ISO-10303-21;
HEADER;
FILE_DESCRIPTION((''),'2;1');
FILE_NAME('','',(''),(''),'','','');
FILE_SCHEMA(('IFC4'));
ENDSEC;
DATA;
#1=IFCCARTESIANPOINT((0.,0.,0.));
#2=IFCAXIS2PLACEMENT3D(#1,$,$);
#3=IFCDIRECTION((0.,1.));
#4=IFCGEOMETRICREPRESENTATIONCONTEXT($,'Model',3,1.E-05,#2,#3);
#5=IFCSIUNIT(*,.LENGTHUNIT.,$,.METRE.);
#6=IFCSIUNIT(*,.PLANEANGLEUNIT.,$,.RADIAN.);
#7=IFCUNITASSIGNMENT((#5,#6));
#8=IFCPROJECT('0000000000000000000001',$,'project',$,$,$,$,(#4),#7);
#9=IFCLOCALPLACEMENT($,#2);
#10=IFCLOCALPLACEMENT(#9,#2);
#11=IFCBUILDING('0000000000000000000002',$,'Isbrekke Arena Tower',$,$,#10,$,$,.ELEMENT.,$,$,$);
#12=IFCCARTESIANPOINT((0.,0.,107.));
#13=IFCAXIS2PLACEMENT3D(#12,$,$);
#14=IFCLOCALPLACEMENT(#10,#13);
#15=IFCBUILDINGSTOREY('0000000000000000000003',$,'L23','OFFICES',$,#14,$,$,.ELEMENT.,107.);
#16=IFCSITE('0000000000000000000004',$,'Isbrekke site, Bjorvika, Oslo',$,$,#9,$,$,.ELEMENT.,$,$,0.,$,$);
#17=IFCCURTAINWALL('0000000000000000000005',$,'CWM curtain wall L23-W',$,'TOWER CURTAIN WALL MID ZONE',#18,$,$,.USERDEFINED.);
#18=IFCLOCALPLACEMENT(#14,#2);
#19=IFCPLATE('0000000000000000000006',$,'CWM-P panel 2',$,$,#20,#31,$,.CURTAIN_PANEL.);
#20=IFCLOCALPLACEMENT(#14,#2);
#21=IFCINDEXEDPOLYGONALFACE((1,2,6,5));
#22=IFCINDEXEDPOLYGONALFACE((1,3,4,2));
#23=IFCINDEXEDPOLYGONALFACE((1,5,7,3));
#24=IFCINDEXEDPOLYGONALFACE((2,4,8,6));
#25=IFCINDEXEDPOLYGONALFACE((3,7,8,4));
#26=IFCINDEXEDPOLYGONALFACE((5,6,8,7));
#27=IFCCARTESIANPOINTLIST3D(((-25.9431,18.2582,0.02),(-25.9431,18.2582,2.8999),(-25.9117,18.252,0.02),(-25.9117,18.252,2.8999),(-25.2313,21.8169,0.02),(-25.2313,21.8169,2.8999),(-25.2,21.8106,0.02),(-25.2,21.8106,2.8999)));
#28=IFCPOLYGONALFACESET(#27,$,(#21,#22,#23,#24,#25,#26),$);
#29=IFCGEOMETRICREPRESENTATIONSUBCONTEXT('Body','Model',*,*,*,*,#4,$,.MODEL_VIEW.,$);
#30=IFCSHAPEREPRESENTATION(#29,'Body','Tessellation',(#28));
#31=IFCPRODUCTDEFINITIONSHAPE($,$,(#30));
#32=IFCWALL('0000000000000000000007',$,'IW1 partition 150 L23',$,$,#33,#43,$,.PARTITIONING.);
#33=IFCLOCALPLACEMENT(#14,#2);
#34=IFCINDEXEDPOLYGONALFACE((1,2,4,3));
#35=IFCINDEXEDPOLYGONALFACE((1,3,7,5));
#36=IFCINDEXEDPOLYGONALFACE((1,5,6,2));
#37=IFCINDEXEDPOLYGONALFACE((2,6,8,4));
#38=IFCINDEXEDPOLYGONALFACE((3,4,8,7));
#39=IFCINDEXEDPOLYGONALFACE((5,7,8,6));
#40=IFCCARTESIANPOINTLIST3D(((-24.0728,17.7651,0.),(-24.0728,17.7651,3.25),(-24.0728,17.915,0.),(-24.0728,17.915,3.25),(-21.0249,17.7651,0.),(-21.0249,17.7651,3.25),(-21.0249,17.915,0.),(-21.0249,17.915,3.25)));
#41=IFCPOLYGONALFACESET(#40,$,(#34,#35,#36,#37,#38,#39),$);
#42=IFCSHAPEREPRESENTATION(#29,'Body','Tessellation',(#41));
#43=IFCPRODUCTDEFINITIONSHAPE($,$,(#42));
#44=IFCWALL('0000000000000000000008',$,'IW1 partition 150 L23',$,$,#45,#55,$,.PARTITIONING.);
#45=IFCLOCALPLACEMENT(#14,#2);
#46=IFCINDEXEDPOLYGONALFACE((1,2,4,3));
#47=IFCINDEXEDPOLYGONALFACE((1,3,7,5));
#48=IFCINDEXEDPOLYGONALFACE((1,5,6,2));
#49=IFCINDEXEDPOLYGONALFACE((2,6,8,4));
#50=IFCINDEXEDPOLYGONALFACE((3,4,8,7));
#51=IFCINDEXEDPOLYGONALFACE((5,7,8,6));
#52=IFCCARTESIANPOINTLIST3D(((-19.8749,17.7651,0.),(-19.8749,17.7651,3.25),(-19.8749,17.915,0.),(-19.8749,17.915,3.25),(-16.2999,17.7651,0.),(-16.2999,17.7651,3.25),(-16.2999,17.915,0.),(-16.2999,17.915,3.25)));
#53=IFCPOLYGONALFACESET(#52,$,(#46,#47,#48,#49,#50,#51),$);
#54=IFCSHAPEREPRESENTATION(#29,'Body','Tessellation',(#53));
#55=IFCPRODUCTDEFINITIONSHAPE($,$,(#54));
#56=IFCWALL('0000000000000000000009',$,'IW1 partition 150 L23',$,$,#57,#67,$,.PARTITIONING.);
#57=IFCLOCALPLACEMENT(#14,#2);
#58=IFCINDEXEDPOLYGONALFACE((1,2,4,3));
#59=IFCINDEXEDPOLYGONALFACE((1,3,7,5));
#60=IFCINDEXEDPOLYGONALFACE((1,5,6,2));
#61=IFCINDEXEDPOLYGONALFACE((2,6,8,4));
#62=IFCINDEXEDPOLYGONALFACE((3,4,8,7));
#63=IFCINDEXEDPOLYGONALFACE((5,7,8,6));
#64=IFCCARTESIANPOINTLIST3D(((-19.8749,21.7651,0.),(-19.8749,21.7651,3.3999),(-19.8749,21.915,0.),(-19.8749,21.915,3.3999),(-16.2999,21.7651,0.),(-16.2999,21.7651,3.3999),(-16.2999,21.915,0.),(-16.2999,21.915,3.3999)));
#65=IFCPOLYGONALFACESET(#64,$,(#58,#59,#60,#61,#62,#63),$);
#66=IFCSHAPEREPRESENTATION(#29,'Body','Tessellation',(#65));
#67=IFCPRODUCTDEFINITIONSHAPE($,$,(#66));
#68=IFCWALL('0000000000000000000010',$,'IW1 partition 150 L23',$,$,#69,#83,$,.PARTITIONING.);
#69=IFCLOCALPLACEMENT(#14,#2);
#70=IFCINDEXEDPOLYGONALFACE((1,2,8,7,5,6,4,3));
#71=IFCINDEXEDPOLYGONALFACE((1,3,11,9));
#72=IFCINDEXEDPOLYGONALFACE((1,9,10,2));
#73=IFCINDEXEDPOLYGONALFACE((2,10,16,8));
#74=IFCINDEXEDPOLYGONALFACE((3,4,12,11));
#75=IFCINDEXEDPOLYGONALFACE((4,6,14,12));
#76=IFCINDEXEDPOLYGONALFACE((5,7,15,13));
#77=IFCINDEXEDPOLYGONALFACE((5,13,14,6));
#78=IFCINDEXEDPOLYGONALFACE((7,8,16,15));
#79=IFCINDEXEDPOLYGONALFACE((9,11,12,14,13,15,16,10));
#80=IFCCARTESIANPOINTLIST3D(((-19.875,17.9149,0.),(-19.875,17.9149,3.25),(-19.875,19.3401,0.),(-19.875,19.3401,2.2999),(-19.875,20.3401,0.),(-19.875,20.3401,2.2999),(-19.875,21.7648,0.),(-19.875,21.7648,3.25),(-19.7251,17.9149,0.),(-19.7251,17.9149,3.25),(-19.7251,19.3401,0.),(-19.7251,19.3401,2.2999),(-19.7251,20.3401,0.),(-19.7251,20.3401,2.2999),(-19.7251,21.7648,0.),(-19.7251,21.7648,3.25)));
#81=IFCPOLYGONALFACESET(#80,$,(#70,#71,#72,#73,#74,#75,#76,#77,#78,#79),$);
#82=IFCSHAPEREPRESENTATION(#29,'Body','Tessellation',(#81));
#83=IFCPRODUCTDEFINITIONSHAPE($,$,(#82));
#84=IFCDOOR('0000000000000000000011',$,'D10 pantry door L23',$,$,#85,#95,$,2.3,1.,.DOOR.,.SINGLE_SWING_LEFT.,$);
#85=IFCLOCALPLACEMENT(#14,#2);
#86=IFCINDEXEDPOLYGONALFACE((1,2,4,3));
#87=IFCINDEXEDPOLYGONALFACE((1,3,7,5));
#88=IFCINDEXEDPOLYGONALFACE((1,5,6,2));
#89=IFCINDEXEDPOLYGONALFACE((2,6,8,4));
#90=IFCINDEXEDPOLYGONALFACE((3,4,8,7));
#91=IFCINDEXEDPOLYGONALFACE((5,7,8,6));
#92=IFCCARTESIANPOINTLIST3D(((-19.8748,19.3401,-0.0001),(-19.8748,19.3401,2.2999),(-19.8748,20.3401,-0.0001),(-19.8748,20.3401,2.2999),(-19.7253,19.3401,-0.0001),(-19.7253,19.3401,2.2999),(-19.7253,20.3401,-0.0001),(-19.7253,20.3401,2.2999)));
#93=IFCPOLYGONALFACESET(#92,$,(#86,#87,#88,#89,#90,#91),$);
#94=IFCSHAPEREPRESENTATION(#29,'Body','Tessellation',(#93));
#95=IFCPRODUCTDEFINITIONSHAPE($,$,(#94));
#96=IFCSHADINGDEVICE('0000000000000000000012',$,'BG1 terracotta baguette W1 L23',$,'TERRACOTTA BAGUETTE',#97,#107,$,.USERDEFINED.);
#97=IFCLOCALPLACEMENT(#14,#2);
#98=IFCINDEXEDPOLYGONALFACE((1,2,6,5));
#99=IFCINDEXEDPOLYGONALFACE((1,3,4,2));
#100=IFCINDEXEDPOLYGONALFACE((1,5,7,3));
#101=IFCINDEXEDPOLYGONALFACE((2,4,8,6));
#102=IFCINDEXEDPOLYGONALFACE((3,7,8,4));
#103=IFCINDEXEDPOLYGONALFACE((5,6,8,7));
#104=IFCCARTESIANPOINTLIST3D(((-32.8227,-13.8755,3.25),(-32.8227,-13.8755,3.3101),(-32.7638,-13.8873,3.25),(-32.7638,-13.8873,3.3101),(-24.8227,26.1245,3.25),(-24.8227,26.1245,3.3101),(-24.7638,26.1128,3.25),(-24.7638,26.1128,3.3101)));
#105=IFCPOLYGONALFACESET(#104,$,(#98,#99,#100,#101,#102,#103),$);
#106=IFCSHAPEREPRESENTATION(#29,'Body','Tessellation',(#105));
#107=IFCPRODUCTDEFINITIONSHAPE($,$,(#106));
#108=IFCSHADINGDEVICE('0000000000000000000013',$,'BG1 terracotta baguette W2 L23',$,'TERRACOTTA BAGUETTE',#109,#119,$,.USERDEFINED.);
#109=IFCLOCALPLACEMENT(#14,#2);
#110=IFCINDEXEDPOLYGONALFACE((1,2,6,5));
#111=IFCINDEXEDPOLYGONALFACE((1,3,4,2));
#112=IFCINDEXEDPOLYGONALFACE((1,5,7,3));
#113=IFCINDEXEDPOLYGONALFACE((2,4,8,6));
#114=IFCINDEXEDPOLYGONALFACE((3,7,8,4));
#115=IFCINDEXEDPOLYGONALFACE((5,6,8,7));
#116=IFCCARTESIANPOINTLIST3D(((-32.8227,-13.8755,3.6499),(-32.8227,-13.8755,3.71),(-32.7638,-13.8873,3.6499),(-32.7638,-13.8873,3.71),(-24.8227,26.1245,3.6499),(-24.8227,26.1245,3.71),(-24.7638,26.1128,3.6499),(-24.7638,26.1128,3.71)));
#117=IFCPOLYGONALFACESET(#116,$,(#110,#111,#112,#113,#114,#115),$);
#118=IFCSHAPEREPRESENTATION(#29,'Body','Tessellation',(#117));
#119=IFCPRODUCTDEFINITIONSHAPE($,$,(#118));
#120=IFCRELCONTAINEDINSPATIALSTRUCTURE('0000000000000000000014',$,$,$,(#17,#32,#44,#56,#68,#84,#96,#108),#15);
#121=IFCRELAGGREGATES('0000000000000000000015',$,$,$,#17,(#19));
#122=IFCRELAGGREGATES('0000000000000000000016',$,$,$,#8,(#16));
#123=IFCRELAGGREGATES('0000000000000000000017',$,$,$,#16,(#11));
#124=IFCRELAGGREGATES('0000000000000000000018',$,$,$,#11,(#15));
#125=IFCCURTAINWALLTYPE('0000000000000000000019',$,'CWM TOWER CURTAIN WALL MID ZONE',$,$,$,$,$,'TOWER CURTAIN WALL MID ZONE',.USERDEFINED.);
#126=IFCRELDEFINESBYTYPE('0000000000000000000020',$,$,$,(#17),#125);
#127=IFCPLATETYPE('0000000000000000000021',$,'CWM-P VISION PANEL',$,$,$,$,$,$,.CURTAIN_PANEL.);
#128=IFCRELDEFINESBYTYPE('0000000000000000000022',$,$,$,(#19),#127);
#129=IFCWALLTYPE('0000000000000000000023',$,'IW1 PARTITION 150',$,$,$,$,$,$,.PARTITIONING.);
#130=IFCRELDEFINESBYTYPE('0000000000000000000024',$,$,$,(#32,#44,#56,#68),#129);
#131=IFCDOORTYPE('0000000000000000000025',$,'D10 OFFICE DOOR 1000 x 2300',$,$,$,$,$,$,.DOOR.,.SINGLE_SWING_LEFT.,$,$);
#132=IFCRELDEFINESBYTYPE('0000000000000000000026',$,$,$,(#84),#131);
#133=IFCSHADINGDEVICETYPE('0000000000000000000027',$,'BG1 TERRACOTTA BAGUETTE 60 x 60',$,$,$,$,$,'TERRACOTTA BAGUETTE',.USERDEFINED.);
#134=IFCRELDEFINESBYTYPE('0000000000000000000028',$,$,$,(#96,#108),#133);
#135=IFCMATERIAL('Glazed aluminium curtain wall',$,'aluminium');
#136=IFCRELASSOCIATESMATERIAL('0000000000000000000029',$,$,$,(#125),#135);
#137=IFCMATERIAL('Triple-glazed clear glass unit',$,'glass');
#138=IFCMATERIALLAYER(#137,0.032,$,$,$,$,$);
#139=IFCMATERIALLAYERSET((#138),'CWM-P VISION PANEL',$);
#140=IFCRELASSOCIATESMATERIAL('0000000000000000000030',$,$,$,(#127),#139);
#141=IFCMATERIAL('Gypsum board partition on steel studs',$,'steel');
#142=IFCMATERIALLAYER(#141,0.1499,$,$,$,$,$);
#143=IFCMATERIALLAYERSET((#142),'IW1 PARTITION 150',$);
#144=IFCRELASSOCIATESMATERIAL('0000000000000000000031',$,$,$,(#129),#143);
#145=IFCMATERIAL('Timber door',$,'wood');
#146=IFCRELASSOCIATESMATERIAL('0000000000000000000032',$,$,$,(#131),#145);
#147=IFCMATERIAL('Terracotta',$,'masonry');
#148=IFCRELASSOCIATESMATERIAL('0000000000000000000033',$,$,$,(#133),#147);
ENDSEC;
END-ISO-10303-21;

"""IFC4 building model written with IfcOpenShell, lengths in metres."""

from ifc_helpers import new_model, si_unit, direction, frame, frame_2d, origin, origin_2d, place, context, subcontext, project, spatial, rectangle, extrude, material, layer, layer_set, material_profile, profile_set, type_object, element, fill, aggregate, save


model = new_model("IFC4")

# Units and contexts
model_context = context("Model", 3, precision=1e-05, world=origin(), true_north=direction((0.0, 1.0)))
body_context = subcontext(model_context, "Body", "Model", "MODEL_VIEW")
ifc_project = project(units=[si_unit("LENGTHUNIT", "METRE"), si_unit("PLANEANGLEUNIT", "RADIAN")], contexts=[model_context])

# Site, building, storey
site_placement = place(None, origin())
site = spatial("IfcSite", under=ifc_project, at=site_placement, Name="Isbrekke site, Bjorvika, Oslo", CompositionType="ELEMENT", RefElevation=0.0)
building_placement = place(site_placement, origin())
building = spatial("IfcBuilding", under=site, at=building_placement, Name="Isbrekke Arena Tower", CompositionType="ELEMENT")
storey_placement = place(building_placement, frame((0.0, 0.0, 107.0)))
storey = spatial("IfcBuildingStorey", under=building, at=storey_placement, Name="L23", Description="OFFICES", CompositionType="ELEMENT", Elevation=107.0)

# Shared definitions
ifc_material_1 = material(Name="Glazed aluminium curtain wall", Category="aluminium")
curtain_wall_type = type_object("IfcCurtainWallType", Name="CWM TOWER CURTAIN WALL MID ZONE", ElementType="TOWER CURTAIN WALL MID ZONE", PredefinedType="USERDEFINED", material=ifc_material_1)

# Curtain wall
curtain_wall_1_placement = place(storey_placement, origin())
curtain_wall_1 = element("IfcCurtainWall", 1, at=curtain_wall_1_placement, inside=storey, type_object=curtain_wall_type, Name="CWM curtain wall L23-W", ObjectType="TOWER CURTAIN WALL MID ZONE", PredefinedType="USERDEFINED")

# Plate
ifc_material_2 = material(Name="Triple-glazed clear glass unit", Category="glass")
ifc_layer_1 = layer(ifc_material_2, 0.032)
ifc_layer_set_1 = layer_set([ifc_layer_1], Name="CWM-P VISION PANEL")
plate_type = type_object("IfcPlateType", Name="CWM-P VISION PANEL", PredefinedType="CURTAIN_PANEL", material=ifc_layer_set_1)
plate_1_placement = place(storey_placement, frame((-25.5715, 20.0344, 0.02), z_axis=(0.0, 0.0, 1.0), x_axis=(-0.196116, -0.980581, 0.0)))
plate_1 = element("IfcPlate", 2, at=plate_1_placement, type_object=plate_type, Name="CWM-P panel 2", PredefinedType="CURTAIN_PANEL", context=body_context, shape_type="SweptSolid", body=[
    extrude(rectangle(XDim=3.6292, YDim=0.032, at=origin_2d()), origin(), (0.0, 0.0, 1.0), 2.8799),
])
aggregate(curtain_wall_1, [plate_1])

# Walls
ifc_material_3 = material(Name="Gypsum board partition on steel studs", Category="steel")
ifc_layer_2 = layer(ifc_material_3, 0.1499)
ifc_layer_set_2 = layer_set([ifc_layer_2], Name="IW1 PARTITION 150")
wall_type = type_object("IfcWallType", Name="IW1 PARTITION 150", PredefinedType="PARTITIONING", material=ifc_layer_set_2)
wall_1_placement = place(storey_placement, frame((-24.0728, 17.8401, 0.0), z_axis=(0.0, 0.0, 1.0), x_axis=(1.0, 0.0, 0.0)))
element("IfcWall", 3, at=wall_1_placement, inside=storey, type_object=wall_type, Name="IW1 partition 150 L23", PredefinedType="PARTITIONING", context=body_context, shape_type="SweptSolid", body=[
    extrude(rectangle(XDim=3.0479, YDim=0.1499, at=frame_2d((1.5239, 0.0))), origin(), (0.0, 0.0, 1.0), 3.25),
])
wall_2_placement = place(storey_placement, frame((-19.875, 17.8401, 0.0), z_axis=(0.0, 0.0, 1.0), x_axis=(1.0, 0.0, 0.0)))
element("IfcWall", 4, at=wall_2_placement, inside=storey, type_object=wall_type, Name="IW1 partition 150 L23", PredefinedType="PARTITIONING", context=body_context, shape_type="SweptSolid", body=[
    extrude(rectangle(XDim=3.575, YDim=0.1499, at=frame_2d((1.7876, 0.0))), origin(), (0.0, 0.0, 1.0), 3.25),
])
wall_3_placement = place(storey_placement, frame((-19.875, 21.8401, 0.0), z_axis=(0.0, 0.0, 1.0), x_axis=(1.0, 0.0, 0.0)))
element("IfcWall", 5, at=wall_3_placement, inside=storey, type_object=wall_type, Name="IW1 partition 150 L23", PredefinedType="PARTITIONING", context=body_context, shape_type="SweptSolid", body=[
    extrude(rectangle(XDim=3.575, YDim=0.1499, at=frame_2d((1.7876, 0.0))), origin(), (0.0, 0.0, 1.0), 3.3999),
])

# Wall, opening, door
wall_4_placement = place(storey_placement, frame((-19.8, 17.915, 0.0), z_axis=(0.0, 0.0, 1.0), x_axis=(0.0, 1.0, 0.0)))
wall_4 = element("IfcWall", 6, at=wall_4_placement, inside=storey, type_object=wall_type, Name="IW1 partition 150 L23", PredefinedType="PARTITIONING", context=body_context, shape_type="SweptSolid", body=[
    extrude(rectangle(XDim=3.8499, YDim=0.1499, at=frame_2d((1.9248, 0.0))), origin(), (0.0, 0.0, 1.0), 3.25),
])
opening_placement = place(wall_4_placement, frame((1.425, 0.0, 0.0)))
opening = element("IfcOpeningElement", 7, at=opening_placement, cuts=wall_4, PredefinedType="OPENING", context=body_context, shape_type="SweptSolid", body=[
    extrude(rectangle(XDim=1.0, YDim=2.3, at=frame_2d((0.5, 1.1499))), frame((0.0, 0.0898, 0.0), z_axis=(0.0, -1.0, 0.0), x_axis=(1.0, 0.0, 0.0)), (0.0, 0.0, 1.0), 0.1797),
])
ifc_material_4 = material(Name="Timber door", Category="wood")
door_type = type_object("IfcDoorType", Name="D10 OFFICE DOOR 1000 x 2300", OperationType="SINGLE_SWING_LEFT", PredefinedType="DOOR", material=ifc_material_4)
door_placement = place(opening_placement, origin())
door = element("IfcDoor", 8, at=door_placement, inside=storey, type_object=door_type, Name="D10 pantry door L23", OperationType="SINGLE_SWING_LEFT", OverallHeight=2.3, OverallWidth=1.0, PredefinedType="DOOR", context=body_context, shape_type="SweptSolid", body=[
    extrude(rectangle(XDim=1.0, YDim=2.3, at=frame_2d((0.5, 1.1499))), frame((0.0, 0.0747, 0.0), z_axis=(0.0, -1.0, 0.0), x_axis=(1.0, 0.0, 0.0)), (0.0, 0.0, 1.0), 0.1494),
])
fill(opening, door)

# Shading devices
ifc_material_5 = material(Name="Terracotta", Category="masonry")
ifc_material_profile_1 = material_profile(ifc_material_5, rectangle(XDim=0.0601, YDim=0.0601, at=origin_2d()), Name="BAGUETTE 60X60")
ifc_profile_set_1 = profile_set([ifc_material_profile_1], Name="Terracotta")
shading_device_type = type_object("IfcShadingDeviceType", Name="BG1 TERRACOTTA BAGUETTE 60 x 60", ElementType="TERRACOTTA BAGUETTE", PredefinedType="USERDEFINED", material=ifc_profile_set_1)
for number, where, z_axis, x_axis, name in (
    (9, (-24.7932, 26.1187, 3.28), (-0.196116, -0.980581, 0.0), (0.980581, -0.196116, 0.0), "BG1 terracotta baguette W1 L23"),
    (10, (-24.7932, 26.1187, 3.6799), (-0.196116, -0.980581, 0.0), (0.980581, -0.196116, 0.0), "BG1 terracotta baguette W2 L23"),
):
    element("IfcShadingDevice", number, at=place(storey_placement, frame(where, z_axis=z_axis, x_axis=x_axis)), inside=storey, type_object=shading_device_type, Name=name, ObjectType="TERRACOTTA BAGUETTE", PredefinedType="USERDEFINED", context=body_context, shape_type="SweptSolid", body=[
        extrude(rectangle(XDim=0.0601, YDim=0.0601, at=origin_2d()), origin(), (0.0, 0.0, 1.0), 40.7922),
    ])

save(model, "model.ifc")
